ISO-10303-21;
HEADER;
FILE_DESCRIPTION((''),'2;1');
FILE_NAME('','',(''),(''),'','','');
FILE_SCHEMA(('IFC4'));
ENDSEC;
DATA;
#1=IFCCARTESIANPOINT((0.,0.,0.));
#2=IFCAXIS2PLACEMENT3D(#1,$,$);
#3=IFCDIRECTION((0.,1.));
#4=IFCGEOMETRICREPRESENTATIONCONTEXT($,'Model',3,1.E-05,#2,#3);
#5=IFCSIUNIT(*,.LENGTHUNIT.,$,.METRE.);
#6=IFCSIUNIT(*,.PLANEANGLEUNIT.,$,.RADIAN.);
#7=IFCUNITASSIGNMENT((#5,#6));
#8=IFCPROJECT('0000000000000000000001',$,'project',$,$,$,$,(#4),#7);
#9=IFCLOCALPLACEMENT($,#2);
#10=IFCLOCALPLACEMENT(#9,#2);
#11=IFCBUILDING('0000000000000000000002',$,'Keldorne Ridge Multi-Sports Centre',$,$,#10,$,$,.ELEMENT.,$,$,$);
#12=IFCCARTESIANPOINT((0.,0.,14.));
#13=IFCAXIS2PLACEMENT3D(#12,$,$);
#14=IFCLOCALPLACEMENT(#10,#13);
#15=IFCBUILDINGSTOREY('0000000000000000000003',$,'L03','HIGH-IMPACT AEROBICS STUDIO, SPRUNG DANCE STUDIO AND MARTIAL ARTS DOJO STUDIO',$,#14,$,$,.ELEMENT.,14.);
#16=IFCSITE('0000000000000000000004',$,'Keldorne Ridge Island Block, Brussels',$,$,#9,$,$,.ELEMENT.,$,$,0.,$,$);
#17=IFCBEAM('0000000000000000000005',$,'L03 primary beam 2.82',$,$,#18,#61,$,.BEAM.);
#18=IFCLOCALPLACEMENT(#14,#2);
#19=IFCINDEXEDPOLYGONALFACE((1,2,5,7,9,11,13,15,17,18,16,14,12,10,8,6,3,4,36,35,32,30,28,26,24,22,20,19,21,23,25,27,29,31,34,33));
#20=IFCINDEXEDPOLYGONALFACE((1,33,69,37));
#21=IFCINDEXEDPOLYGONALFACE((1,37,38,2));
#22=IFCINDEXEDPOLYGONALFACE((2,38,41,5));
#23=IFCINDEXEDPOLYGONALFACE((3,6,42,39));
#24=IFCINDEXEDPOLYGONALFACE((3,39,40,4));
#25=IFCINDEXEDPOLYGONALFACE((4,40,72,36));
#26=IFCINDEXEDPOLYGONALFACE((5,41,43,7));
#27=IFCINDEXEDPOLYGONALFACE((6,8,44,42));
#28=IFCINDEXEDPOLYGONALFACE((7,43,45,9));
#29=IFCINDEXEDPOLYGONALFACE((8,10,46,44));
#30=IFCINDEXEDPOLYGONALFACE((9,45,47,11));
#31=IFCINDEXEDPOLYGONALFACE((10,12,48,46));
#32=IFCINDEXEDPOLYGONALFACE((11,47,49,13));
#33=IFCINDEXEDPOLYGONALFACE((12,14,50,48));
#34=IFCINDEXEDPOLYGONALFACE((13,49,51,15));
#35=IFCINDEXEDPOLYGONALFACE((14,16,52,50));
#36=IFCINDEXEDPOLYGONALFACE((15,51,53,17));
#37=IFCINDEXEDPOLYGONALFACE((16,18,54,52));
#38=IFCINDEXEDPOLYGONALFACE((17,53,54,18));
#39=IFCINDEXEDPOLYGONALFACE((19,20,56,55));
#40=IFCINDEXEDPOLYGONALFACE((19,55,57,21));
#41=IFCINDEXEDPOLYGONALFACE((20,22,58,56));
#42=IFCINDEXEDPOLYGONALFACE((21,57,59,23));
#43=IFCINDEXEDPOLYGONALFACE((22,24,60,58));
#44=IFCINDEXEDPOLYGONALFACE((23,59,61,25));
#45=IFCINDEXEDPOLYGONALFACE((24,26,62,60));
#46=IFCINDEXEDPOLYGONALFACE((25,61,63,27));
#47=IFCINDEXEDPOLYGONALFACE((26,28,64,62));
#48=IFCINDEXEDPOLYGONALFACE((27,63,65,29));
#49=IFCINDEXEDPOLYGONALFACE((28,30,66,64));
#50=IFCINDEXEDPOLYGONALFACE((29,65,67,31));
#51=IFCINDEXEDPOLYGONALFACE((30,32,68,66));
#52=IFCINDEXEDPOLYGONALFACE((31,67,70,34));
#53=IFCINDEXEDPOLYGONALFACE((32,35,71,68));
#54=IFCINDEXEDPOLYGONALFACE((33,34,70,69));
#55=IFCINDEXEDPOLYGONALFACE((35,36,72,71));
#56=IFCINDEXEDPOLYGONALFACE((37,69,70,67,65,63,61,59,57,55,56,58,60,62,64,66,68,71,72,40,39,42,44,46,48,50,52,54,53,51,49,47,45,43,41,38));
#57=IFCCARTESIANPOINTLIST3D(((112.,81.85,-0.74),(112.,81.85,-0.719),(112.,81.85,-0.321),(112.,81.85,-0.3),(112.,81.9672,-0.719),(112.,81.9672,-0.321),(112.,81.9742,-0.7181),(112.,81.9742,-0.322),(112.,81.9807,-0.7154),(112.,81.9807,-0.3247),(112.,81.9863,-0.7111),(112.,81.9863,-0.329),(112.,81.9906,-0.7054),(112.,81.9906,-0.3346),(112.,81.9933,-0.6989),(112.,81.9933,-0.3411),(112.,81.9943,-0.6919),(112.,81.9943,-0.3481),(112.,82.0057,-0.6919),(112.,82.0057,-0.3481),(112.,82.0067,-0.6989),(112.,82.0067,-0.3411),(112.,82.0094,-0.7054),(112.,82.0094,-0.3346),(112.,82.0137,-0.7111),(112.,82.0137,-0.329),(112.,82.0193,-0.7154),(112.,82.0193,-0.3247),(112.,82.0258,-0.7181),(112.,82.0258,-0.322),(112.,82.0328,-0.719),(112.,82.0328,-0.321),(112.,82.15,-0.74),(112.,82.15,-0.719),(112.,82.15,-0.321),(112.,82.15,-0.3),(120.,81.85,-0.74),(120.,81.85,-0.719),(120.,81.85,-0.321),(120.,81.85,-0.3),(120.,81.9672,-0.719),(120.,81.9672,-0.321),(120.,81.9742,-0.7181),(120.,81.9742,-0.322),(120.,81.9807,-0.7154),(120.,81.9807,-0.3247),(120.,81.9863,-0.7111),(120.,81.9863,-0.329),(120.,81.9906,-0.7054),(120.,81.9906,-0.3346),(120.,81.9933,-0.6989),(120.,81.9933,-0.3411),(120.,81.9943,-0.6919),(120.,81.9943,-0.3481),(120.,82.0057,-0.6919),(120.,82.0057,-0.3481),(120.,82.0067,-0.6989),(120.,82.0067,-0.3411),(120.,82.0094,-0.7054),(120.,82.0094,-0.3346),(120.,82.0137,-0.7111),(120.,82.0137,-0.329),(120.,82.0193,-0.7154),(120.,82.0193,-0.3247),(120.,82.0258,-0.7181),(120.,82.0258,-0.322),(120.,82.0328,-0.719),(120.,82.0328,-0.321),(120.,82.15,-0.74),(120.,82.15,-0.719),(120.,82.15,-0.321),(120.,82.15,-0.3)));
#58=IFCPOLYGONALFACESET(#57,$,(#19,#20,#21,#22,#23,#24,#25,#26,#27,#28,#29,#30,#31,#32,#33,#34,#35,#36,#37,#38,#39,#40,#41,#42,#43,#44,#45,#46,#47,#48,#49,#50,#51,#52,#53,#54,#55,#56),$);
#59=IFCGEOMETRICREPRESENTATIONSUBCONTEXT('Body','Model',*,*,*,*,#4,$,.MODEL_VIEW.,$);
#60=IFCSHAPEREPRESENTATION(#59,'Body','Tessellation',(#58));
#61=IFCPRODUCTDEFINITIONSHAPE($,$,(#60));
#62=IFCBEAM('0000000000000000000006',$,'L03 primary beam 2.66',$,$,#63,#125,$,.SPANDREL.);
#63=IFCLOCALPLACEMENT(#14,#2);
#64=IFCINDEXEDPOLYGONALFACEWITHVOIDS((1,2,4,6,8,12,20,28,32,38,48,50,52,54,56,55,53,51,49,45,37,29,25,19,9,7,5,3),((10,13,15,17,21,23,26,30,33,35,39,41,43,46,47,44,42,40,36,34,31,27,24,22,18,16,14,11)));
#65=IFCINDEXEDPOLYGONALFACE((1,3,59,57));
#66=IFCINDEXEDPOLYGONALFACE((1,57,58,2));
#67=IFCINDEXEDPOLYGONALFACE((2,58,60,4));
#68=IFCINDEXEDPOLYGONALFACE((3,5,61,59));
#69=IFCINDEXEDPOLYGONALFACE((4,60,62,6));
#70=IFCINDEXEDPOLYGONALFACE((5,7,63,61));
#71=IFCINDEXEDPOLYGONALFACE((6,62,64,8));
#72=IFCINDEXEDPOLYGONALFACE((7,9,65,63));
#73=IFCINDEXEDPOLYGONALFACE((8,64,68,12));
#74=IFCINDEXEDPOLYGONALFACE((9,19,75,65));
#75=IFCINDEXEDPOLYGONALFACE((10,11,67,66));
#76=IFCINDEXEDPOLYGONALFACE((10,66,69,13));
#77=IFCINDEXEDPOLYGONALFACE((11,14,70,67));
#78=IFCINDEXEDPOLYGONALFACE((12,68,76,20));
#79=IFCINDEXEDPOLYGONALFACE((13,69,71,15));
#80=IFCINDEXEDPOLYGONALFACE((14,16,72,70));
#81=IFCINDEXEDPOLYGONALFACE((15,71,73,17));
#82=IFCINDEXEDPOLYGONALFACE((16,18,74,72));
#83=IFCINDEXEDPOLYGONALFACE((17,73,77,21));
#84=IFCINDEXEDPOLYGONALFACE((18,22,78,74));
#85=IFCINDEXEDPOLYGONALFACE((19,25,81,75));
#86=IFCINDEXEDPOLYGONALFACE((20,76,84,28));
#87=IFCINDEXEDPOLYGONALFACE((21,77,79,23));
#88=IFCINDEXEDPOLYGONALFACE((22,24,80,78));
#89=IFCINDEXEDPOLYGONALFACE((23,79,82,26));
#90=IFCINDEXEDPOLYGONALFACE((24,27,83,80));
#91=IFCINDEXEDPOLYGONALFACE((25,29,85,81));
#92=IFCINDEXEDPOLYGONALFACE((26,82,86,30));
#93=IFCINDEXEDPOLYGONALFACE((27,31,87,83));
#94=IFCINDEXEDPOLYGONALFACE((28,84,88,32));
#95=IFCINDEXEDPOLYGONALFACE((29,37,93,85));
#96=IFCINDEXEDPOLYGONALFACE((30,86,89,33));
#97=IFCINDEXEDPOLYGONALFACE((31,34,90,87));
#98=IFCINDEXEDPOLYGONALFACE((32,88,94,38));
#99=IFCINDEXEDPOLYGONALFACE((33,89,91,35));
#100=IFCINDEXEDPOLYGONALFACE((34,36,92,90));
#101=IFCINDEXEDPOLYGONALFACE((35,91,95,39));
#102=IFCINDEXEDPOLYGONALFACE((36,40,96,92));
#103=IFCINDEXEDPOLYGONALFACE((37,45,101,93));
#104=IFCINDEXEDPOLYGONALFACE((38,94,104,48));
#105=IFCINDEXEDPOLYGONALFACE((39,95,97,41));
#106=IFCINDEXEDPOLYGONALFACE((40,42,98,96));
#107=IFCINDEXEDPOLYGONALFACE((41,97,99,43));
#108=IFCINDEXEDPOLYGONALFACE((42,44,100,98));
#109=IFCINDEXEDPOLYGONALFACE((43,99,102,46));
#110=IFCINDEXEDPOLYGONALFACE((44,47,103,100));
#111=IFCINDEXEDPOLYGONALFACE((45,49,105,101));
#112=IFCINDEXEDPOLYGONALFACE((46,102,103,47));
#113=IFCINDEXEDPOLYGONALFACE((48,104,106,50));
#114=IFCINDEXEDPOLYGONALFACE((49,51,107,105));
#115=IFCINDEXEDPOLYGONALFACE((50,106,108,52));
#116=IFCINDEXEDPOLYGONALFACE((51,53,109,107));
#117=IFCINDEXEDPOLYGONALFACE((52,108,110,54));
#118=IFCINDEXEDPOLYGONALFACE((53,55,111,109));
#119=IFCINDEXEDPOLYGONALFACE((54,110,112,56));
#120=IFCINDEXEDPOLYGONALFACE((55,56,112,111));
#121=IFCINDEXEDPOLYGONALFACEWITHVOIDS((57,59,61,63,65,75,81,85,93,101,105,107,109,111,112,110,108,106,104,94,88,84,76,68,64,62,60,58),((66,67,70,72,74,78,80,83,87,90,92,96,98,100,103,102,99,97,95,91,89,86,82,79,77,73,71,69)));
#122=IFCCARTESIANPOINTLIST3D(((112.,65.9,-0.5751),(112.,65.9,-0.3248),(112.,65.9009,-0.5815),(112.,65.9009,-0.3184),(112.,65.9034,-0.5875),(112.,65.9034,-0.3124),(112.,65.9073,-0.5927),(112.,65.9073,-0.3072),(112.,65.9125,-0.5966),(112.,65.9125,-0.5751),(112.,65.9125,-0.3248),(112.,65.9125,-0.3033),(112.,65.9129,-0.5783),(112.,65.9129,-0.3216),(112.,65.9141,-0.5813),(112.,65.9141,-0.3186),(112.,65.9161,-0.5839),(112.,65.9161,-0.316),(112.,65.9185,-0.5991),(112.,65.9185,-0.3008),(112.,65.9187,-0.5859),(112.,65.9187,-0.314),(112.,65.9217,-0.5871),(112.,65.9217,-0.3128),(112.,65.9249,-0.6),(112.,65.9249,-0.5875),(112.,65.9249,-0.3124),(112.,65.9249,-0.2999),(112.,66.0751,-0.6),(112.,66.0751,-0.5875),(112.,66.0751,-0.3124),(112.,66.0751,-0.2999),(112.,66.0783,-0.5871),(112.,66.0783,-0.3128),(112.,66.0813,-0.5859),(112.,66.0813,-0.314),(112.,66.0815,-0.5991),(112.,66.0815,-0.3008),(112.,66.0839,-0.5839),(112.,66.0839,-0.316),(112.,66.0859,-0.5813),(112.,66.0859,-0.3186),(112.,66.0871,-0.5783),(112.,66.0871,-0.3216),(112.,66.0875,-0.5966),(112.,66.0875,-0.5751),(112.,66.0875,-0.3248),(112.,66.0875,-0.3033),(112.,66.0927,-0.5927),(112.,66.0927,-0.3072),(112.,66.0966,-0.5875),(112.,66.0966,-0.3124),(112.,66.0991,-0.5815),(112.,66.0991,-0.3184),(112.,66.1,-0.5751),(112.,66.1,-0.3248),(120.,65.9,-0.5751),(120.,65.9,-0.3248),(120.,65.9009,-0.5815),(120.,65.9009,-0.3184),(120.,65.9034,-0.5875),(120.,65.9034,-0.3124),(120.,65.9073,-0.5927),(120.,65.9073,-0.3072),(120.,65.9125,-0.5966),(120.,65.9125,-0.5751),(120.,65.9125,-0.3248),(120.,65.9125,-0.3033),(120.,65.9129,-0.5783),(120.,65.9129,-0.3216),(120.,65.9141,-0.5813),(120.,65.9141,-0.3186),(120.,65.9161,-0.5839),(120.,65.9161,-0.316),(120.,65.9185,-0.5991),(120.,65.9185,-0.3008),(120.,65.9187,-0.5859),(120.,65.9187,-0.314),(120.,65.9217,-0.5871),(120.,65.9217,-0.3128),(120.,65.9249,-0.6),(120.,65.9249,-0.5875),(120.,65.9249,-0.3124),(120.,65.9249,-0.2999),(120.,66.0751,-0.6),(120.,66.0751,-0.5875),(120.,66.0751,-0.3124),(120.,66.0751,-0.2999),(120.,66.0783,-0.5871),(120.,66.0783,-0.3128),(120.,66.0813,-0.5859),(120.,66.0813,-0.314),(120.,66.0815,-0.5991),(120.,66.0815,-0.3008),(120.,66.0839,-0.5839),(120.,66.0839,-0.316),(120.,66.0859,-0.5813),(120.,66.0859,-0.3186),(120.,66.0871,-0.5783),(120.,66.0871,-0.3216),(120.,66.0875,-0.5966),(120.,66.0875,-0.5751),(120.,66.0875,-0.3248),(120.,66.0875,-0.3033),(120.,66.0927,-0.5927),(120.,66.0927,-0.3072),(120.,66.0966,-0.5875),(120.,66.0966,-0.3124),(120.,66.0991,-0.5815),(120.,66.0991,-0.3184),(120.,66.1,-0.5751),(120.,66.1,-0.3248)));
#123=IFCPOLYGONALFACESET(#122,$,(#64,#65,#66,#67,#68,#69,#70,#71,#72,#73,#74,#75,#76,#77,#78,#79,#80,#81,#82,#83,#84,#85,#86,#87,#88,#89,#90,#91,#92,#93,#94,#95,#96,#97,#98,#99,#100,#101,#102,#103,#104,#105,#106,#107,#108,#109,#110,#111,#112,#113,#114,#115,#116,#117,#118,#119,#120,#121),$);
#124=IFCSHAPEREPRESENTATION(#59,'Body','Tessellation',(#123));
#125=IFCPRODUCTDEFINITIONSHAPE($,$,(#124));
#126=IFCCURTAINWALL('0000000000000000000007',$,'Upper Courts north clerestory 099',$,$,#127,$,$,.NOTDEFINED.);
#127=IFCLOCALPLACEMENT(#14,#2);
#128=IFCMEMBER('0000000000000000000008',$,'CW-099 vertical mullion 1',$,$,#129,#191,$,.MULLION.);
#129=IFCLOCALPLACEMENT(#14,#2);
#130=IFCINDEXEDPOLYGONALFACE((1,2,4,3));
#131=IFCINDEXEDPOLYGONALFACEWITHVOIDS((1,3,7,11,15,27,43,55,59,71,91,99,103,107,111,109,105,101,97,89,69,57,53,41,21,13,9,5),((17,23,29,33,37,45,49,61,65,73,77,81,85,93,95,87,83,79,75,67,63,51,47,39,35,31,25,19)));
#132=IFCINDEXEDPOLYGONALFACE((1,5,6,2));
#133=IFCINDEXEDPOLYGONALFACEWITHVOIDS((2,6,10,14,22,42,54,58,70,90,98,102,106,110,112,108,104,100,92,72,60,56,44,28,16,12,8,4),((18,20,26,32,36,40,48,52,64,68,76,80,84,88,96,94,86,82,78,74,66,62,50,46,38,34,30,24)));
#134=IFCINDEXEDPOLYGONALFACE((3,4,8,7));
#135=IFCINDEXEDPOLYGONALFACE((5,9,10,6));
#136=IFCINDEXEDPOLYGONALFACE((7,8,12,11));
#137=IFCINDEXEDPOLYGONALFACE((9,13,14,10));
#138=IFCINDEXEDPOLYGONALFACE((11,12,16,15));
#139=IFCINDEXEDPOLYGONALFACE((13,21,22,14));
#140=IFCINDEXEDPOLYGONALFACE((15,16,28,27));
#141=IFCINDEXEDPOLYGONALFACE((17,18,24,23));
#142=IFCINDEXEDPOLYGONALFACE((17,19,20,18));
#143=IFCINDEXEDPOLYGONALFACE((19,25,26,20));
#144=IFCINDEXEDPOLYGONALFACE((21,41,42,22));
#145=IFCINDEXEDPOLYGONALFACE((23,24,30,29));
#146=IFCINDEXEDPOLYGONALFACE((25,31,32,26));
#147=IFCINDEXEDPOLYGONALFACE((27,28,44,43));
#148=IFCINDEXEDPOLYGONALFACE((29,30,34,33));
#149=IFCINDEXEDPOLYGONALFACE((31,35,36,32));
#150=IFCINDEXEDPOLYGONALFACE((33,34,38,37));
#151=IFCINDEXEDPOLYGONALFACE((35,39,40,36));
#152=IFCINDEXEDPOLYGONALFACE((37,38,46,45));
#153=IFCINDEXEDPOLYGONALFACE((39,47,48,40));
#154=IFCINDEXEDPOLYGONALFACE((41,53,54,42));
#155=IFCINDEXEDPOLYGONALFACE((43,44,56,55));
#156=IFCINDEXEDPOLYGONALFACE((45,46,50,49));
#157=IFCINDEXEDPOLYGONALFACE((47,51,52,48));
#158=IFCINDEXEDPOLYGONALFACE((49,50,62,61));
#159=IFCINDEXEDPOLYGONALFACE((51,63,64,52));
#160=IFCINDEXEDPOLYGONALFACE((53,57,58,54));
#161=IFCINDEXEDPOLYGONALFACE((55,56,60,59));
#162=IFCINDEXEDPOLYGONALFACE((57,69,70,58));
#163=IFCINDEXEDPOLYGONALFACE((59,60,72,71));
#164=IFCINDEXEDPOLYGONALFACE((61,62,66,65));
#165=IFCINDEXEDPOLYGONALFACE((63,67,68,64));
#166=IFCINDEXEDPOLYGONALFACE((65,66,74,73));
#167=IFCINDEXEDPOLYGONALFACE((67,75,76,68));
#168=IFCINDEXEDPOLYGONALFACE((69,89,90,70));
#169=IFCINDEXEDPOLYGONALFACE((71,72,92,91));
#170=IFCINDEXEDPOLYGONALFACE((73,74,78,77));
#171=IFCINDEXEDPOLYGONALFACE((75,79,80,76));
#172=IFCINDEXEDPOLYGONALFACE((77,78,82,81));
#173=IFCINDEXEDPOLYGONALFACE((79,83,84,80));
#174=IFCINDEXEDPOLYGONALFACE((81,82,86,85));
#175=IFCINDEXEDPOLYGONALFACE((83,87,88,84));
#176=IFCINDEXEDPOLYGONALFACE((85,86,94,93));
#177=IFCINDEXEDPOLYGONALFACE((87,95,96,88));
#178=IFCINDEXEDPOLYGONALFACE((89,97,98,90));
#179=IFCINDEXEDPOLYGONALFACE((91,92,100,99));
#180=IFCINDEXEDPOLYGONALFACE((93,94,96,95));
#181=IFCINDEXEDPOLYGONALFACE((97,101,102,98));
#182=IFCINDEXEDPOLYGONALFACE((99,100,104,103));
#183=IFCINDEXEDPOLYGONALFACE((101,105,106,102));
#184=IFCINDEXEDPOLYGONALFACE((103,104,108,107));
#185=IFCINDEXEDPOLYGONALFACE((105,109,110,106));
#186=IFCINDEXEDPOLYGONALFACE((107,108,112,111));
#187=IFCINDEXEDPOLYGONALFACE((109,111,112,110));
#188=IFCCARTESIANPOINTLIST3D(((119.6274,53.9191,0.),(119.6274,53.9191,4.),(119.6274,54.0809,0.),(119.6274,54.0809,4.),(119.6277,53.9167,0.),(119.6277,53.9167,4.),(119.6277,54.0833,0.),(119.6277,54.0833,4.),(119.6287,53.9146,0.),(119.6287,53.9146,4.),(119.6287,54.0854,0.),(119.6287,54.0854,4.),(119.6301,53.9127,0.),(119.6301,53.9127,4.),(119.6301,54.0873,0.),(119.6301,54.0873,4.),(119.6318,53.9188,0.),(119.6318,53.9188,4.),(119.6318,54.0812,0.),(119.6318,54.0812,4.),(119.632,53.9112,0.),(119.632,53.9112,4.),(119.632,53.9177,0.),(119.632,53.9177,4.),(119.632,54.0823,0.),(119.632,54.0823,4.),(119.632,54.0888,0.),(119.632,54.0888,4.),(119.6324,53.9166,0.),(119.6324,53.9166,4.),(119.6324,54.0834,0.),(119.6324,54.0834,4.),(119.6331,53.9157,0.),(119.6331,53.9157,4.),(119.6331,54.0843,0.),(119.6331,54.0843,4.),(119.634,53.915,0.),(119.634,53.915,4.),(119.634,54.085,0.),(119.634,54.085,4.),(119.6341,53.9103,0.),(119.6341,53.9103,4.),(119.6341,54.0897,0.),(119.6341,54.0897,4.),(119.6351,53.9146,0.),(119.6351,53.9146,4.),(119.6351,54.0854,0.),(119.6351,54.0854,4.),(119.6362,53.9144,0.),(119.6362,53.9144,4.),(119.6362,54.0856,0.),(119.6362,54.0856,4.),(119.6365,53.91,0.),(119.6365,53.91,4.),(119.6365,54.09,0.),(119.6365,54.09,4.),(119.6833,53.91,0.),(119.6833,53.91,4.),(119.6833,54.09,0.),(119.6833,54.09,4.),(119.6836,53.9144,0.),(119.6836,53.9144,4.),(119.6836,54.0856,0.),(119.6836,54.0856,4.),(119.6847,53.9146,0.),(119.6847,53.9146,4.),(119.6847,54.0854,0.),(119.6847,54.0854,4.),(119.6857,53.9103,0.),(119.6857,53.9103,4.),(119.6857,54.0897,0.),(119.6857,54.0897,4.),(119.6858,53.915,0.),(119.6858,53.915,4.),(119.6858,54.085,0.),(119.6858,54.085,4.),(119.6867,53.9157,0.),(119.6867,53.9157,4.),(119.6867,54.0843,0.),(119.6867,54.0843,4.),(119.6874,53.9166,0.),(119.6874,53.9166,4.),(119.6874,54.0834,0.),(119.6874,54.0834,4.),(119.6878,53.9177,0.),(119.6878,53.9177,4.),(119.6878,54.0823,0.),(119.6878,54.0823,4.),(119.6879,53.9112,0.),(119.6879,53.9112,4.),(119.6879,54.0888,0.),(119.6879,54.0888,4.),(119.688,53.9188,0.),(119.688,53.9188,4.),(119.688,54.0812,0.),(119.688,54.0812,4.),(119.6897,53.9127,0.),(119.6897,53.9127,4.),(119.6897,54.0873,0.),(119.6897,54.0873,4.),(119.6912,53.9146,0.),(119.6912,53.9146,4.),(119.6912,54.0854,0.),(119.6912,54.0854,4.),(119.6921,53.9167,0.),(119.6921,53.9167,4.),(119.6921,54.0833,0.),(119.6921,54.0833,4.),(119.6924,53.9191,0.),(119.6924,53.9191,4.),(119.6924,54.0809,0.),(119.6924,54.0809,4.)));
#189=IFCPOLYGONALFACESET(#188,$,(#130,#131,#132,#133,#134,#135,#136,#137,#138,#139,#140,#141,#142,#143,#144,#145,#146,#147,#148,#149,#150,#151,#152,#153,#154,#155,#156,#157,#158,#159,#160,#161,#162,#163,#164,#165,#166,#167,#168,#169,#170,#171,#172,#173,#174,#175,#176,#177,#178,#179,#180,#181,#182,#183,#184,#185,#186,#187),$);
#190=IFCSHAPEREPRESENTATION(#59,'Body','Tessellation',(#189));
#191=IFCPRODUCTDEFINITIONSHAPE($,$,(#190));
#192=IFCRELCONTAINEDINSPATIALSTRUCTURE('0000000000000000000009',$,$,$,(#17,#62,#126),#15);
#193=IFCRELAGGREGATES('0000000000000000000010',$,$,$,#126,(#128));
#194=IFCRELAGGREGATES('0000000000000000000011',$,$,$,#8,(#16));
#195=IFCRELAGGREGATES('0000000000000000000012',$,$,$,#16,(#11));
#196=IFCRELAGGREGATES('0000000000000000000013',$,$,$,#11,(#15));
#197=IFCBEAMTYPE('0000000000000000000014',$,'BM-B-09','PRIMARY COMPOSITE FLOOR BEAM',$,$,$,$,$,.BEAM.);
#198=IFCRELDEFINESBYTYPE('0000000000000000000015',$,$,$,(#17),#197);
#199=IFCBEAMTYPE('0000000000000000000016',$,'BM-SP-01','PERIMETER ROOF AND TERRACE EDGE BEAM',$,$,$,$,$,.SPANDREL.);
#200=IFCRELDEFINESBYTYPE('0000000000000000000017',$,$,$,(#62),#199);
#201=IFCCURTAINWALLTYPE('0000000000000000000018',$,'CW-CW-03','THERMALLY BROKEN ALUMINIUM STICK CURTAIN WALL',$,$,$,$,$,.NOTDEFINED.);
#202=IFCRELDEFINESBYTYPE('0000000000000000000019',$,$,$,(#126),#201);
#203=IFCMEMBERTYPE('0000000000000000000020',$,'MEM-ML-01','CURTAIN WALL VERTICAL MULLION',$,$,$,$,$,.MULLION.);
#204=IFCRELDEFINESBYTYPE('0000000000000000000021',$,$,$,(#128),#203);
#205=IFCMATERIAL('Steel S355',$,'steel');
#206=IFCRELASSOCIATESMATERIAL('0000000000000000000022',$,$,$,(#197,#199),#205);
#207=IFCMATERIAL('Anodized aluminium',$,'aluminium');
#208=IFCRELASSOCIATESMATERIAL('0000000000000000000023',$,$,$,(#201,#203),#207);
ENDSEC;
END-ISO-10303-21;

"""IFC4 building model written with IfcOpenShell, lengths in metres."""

from ifc_helpers import new_model, si_unit, direction, frame, origin, origin_2d, place, context, subcontext, project, spatial, hollow_rectangle, i_section, extrude, material, material_profile, profile_set, type_object, element, aggregate, save


model = new_model("IFC4")

# Units and contexts
model_context = context("Model", 3, precision=1e-05, world=origin(), true_north=direction((0.0, 1.0)))
body_context = subcontext(model_context, "Body", "Model", "MODEL_VIEW")
ifc_project = project(units=[si_unit("LENGTHUNIT", "METRE"), si_unit("PLANEANGLEUNIT", "RADIAN")], contexts=[model_context])

# Site, building, storey
site_placement = place(None, origin())
site = spatial("IfcSite", under=ifc_project, at=site_placement, Name="Keldorne Ridge Island Block, Brussels", CompositionType="ELEMENT", RefElevation=0.0)
building_placement = place(site_placement, origin())
building = spatial("IfcBuilding", under=site, at=building_placement, Name="Keldorne Ridge Multi-Sports Centre", CompositionType="ELEMENT")
storey_placement = place(building_placement, frame((0.0, 0.0, 14.0)))
storey = spatial("IfcBuildingStorey", under=building, at=storey_placement, Name="L03", Description="HIGH-IMPACT AEROBICS STUDIO, SPRUNG DANCE STUDIO AND MARTIAL ARTS DOJO STUDIO", CompositionType="ELEMENT", Elevation=14.0)

# Shared definitions
ifc_material_1 = material(Name="Steel S355", Category="steel")

# Beams
ifc_material_profile_1 = material_profile(ifc_material_1, i_section(OverallWidth=0.3, OverallDepth=0.4399, WebThickness=0.0115, FlangeThickness=0.021, FilletRadius=0.0271, at=origin_2d()), Name="HEA 450")
ifc_profile_set_1 = profile_set([ifc_material_profile_1], Name="Steel S355")
beam_type_1 = type_object("IfcBeamType", Name="BM-B-09", Description="PRIMARY COMPOSITE FLOOR BEAM", PredefinedType="BEAM", material=ifc_profile_set_1)
beam_1_placement = place(storey_placement, frame((112.0, 82.0, -0.52), z_axis=(1.0, 0.0, 0.0), x_axis=(0.0, 1.0, 0.0)))
element("IfcBeam", 1, at=beam_1_placement, inside=storey, type_object=beam_type_1, Name="L03 primary beam 2.82", PredefinedType="BEAM", context=body_context, shape_type="SweptSolid", body=[
    extrude(i_section(OverallWidth=0.3, OverallDepth=0.4399, WebThickness=0.0115, FlangeThickness=0.021, FilletRadius=0.0271, at=origin_2d()), origin(), (0.0, 0.0, 1.0), 8.0),
])
ifc_material_profile_2 = material_profile(ifc_material_1, hollow_rectangle(XDim=0.2, YDim=0.3, WallThickness=0.0125, InnerFilletRadius=0.0125, OuterFilletRadius=0.0249, at=origin_2d()), Name="RHS 300x200x12.5")
ifc_profile_set_2 = profile_set([ifc_material_profile_2], Name="Steel S355")
beam_type_2 = type_object("IfcBeamType", Name="BM-SP-01", Description="PERIMETER ROOF AND TERRACE EDGE BEAM", PredefinedType="SPANDREL", material=ifc_profile_set_2)
beam_2_placement = place(storey_placement, frame((112.0, 66.0, -0.45), z_axis=(1.0, 0.0, 0.0), x_axis=(0.0, 1.0, 0.0)))
element("IfcBeam", 2, at=beam_2_placement, inside=storey, type_object=beam_type_2, Name="L03 primary beam 2.66", PredefinedType="SPANDREL", context=body_context, shape_type="SweptSolid", body=[
    extrude(hollow_rectangle(XDim=0.2, YDim=0.3, WallThickness=0.0125, InnerFilletRadius=0.0125, OuterFilletRadius=0.0249, at=origin_2d()), origin(), (0.0, 0.0, 1.0), 8.0),
])

# Curtain wall, member
ifc_material_2 = material(Name="Anodized aluminium", Category="aluminium")
curtain_wall_type = type_object("IfcCurtainWallType", Name="CW-CW-03", Description="THERMALLY BROKEN ALUMINIUM STICK CURTAIN WALL", PredefinedType="NOTDEFINED", material=ifc_material_2)
curtain_wall_placement = place(storey_placement, origin())
curtain_wall = element("IfcCurtainWall", 3, at=curtain_wall_placement, inside=storey, type_object=curtain_wall_type, Name="Upper Courts north clerestory 099", PredefinedType="NOTDEFINED")
ifc_material_profile_3 = material_profile(ifc_material_2, hollow_rectangle(XDim=0.0649, YDim=0.1799, WallThickness=0.0044, InnerFilletRadius=0.0044, OuterFilletRadius=0.009, at=origin_2d()), Name="ALU MULLION 180x65x4.5")
ifc_profile_set_3 = profile_set([ifc_material_profile_3], Name="Anodized aluminium")
member_type_1 = type_object("IfcMemberType", Name="MEM-ML-01", Description="CURTAIN WALL VERTICAL MULLION", PredefinedType="MULLION", material=ifc_profile_set_3)
member_1_placement = place(storey_placement, frame((119.6599, 54.0, 0.0), z_axis=(0.0, 0.0, 1.0), x_axis=(1.0, 0.0, 0.0)))
member_1 = element("IfcMember", 4, at=member_1_placement, type_object=member_type_1, Name="CW-099 vertical mullion 1", PredefinedType="MULLION", context=body_context, shape_type="SweptSolid", body=[
    extrude(hollow_rectangle(XDim=0.0649, YDim=0.1799, WallThickness=0.0044, InnerFilletRadius=0.0044, OuterFilletRadius=0.009, at=origin_2d()), origin(), (0.0, 0.0, 1.0), 4.0),
])
aggregate(curtain_wall, [member_1])

save(model, "model.ifc")
